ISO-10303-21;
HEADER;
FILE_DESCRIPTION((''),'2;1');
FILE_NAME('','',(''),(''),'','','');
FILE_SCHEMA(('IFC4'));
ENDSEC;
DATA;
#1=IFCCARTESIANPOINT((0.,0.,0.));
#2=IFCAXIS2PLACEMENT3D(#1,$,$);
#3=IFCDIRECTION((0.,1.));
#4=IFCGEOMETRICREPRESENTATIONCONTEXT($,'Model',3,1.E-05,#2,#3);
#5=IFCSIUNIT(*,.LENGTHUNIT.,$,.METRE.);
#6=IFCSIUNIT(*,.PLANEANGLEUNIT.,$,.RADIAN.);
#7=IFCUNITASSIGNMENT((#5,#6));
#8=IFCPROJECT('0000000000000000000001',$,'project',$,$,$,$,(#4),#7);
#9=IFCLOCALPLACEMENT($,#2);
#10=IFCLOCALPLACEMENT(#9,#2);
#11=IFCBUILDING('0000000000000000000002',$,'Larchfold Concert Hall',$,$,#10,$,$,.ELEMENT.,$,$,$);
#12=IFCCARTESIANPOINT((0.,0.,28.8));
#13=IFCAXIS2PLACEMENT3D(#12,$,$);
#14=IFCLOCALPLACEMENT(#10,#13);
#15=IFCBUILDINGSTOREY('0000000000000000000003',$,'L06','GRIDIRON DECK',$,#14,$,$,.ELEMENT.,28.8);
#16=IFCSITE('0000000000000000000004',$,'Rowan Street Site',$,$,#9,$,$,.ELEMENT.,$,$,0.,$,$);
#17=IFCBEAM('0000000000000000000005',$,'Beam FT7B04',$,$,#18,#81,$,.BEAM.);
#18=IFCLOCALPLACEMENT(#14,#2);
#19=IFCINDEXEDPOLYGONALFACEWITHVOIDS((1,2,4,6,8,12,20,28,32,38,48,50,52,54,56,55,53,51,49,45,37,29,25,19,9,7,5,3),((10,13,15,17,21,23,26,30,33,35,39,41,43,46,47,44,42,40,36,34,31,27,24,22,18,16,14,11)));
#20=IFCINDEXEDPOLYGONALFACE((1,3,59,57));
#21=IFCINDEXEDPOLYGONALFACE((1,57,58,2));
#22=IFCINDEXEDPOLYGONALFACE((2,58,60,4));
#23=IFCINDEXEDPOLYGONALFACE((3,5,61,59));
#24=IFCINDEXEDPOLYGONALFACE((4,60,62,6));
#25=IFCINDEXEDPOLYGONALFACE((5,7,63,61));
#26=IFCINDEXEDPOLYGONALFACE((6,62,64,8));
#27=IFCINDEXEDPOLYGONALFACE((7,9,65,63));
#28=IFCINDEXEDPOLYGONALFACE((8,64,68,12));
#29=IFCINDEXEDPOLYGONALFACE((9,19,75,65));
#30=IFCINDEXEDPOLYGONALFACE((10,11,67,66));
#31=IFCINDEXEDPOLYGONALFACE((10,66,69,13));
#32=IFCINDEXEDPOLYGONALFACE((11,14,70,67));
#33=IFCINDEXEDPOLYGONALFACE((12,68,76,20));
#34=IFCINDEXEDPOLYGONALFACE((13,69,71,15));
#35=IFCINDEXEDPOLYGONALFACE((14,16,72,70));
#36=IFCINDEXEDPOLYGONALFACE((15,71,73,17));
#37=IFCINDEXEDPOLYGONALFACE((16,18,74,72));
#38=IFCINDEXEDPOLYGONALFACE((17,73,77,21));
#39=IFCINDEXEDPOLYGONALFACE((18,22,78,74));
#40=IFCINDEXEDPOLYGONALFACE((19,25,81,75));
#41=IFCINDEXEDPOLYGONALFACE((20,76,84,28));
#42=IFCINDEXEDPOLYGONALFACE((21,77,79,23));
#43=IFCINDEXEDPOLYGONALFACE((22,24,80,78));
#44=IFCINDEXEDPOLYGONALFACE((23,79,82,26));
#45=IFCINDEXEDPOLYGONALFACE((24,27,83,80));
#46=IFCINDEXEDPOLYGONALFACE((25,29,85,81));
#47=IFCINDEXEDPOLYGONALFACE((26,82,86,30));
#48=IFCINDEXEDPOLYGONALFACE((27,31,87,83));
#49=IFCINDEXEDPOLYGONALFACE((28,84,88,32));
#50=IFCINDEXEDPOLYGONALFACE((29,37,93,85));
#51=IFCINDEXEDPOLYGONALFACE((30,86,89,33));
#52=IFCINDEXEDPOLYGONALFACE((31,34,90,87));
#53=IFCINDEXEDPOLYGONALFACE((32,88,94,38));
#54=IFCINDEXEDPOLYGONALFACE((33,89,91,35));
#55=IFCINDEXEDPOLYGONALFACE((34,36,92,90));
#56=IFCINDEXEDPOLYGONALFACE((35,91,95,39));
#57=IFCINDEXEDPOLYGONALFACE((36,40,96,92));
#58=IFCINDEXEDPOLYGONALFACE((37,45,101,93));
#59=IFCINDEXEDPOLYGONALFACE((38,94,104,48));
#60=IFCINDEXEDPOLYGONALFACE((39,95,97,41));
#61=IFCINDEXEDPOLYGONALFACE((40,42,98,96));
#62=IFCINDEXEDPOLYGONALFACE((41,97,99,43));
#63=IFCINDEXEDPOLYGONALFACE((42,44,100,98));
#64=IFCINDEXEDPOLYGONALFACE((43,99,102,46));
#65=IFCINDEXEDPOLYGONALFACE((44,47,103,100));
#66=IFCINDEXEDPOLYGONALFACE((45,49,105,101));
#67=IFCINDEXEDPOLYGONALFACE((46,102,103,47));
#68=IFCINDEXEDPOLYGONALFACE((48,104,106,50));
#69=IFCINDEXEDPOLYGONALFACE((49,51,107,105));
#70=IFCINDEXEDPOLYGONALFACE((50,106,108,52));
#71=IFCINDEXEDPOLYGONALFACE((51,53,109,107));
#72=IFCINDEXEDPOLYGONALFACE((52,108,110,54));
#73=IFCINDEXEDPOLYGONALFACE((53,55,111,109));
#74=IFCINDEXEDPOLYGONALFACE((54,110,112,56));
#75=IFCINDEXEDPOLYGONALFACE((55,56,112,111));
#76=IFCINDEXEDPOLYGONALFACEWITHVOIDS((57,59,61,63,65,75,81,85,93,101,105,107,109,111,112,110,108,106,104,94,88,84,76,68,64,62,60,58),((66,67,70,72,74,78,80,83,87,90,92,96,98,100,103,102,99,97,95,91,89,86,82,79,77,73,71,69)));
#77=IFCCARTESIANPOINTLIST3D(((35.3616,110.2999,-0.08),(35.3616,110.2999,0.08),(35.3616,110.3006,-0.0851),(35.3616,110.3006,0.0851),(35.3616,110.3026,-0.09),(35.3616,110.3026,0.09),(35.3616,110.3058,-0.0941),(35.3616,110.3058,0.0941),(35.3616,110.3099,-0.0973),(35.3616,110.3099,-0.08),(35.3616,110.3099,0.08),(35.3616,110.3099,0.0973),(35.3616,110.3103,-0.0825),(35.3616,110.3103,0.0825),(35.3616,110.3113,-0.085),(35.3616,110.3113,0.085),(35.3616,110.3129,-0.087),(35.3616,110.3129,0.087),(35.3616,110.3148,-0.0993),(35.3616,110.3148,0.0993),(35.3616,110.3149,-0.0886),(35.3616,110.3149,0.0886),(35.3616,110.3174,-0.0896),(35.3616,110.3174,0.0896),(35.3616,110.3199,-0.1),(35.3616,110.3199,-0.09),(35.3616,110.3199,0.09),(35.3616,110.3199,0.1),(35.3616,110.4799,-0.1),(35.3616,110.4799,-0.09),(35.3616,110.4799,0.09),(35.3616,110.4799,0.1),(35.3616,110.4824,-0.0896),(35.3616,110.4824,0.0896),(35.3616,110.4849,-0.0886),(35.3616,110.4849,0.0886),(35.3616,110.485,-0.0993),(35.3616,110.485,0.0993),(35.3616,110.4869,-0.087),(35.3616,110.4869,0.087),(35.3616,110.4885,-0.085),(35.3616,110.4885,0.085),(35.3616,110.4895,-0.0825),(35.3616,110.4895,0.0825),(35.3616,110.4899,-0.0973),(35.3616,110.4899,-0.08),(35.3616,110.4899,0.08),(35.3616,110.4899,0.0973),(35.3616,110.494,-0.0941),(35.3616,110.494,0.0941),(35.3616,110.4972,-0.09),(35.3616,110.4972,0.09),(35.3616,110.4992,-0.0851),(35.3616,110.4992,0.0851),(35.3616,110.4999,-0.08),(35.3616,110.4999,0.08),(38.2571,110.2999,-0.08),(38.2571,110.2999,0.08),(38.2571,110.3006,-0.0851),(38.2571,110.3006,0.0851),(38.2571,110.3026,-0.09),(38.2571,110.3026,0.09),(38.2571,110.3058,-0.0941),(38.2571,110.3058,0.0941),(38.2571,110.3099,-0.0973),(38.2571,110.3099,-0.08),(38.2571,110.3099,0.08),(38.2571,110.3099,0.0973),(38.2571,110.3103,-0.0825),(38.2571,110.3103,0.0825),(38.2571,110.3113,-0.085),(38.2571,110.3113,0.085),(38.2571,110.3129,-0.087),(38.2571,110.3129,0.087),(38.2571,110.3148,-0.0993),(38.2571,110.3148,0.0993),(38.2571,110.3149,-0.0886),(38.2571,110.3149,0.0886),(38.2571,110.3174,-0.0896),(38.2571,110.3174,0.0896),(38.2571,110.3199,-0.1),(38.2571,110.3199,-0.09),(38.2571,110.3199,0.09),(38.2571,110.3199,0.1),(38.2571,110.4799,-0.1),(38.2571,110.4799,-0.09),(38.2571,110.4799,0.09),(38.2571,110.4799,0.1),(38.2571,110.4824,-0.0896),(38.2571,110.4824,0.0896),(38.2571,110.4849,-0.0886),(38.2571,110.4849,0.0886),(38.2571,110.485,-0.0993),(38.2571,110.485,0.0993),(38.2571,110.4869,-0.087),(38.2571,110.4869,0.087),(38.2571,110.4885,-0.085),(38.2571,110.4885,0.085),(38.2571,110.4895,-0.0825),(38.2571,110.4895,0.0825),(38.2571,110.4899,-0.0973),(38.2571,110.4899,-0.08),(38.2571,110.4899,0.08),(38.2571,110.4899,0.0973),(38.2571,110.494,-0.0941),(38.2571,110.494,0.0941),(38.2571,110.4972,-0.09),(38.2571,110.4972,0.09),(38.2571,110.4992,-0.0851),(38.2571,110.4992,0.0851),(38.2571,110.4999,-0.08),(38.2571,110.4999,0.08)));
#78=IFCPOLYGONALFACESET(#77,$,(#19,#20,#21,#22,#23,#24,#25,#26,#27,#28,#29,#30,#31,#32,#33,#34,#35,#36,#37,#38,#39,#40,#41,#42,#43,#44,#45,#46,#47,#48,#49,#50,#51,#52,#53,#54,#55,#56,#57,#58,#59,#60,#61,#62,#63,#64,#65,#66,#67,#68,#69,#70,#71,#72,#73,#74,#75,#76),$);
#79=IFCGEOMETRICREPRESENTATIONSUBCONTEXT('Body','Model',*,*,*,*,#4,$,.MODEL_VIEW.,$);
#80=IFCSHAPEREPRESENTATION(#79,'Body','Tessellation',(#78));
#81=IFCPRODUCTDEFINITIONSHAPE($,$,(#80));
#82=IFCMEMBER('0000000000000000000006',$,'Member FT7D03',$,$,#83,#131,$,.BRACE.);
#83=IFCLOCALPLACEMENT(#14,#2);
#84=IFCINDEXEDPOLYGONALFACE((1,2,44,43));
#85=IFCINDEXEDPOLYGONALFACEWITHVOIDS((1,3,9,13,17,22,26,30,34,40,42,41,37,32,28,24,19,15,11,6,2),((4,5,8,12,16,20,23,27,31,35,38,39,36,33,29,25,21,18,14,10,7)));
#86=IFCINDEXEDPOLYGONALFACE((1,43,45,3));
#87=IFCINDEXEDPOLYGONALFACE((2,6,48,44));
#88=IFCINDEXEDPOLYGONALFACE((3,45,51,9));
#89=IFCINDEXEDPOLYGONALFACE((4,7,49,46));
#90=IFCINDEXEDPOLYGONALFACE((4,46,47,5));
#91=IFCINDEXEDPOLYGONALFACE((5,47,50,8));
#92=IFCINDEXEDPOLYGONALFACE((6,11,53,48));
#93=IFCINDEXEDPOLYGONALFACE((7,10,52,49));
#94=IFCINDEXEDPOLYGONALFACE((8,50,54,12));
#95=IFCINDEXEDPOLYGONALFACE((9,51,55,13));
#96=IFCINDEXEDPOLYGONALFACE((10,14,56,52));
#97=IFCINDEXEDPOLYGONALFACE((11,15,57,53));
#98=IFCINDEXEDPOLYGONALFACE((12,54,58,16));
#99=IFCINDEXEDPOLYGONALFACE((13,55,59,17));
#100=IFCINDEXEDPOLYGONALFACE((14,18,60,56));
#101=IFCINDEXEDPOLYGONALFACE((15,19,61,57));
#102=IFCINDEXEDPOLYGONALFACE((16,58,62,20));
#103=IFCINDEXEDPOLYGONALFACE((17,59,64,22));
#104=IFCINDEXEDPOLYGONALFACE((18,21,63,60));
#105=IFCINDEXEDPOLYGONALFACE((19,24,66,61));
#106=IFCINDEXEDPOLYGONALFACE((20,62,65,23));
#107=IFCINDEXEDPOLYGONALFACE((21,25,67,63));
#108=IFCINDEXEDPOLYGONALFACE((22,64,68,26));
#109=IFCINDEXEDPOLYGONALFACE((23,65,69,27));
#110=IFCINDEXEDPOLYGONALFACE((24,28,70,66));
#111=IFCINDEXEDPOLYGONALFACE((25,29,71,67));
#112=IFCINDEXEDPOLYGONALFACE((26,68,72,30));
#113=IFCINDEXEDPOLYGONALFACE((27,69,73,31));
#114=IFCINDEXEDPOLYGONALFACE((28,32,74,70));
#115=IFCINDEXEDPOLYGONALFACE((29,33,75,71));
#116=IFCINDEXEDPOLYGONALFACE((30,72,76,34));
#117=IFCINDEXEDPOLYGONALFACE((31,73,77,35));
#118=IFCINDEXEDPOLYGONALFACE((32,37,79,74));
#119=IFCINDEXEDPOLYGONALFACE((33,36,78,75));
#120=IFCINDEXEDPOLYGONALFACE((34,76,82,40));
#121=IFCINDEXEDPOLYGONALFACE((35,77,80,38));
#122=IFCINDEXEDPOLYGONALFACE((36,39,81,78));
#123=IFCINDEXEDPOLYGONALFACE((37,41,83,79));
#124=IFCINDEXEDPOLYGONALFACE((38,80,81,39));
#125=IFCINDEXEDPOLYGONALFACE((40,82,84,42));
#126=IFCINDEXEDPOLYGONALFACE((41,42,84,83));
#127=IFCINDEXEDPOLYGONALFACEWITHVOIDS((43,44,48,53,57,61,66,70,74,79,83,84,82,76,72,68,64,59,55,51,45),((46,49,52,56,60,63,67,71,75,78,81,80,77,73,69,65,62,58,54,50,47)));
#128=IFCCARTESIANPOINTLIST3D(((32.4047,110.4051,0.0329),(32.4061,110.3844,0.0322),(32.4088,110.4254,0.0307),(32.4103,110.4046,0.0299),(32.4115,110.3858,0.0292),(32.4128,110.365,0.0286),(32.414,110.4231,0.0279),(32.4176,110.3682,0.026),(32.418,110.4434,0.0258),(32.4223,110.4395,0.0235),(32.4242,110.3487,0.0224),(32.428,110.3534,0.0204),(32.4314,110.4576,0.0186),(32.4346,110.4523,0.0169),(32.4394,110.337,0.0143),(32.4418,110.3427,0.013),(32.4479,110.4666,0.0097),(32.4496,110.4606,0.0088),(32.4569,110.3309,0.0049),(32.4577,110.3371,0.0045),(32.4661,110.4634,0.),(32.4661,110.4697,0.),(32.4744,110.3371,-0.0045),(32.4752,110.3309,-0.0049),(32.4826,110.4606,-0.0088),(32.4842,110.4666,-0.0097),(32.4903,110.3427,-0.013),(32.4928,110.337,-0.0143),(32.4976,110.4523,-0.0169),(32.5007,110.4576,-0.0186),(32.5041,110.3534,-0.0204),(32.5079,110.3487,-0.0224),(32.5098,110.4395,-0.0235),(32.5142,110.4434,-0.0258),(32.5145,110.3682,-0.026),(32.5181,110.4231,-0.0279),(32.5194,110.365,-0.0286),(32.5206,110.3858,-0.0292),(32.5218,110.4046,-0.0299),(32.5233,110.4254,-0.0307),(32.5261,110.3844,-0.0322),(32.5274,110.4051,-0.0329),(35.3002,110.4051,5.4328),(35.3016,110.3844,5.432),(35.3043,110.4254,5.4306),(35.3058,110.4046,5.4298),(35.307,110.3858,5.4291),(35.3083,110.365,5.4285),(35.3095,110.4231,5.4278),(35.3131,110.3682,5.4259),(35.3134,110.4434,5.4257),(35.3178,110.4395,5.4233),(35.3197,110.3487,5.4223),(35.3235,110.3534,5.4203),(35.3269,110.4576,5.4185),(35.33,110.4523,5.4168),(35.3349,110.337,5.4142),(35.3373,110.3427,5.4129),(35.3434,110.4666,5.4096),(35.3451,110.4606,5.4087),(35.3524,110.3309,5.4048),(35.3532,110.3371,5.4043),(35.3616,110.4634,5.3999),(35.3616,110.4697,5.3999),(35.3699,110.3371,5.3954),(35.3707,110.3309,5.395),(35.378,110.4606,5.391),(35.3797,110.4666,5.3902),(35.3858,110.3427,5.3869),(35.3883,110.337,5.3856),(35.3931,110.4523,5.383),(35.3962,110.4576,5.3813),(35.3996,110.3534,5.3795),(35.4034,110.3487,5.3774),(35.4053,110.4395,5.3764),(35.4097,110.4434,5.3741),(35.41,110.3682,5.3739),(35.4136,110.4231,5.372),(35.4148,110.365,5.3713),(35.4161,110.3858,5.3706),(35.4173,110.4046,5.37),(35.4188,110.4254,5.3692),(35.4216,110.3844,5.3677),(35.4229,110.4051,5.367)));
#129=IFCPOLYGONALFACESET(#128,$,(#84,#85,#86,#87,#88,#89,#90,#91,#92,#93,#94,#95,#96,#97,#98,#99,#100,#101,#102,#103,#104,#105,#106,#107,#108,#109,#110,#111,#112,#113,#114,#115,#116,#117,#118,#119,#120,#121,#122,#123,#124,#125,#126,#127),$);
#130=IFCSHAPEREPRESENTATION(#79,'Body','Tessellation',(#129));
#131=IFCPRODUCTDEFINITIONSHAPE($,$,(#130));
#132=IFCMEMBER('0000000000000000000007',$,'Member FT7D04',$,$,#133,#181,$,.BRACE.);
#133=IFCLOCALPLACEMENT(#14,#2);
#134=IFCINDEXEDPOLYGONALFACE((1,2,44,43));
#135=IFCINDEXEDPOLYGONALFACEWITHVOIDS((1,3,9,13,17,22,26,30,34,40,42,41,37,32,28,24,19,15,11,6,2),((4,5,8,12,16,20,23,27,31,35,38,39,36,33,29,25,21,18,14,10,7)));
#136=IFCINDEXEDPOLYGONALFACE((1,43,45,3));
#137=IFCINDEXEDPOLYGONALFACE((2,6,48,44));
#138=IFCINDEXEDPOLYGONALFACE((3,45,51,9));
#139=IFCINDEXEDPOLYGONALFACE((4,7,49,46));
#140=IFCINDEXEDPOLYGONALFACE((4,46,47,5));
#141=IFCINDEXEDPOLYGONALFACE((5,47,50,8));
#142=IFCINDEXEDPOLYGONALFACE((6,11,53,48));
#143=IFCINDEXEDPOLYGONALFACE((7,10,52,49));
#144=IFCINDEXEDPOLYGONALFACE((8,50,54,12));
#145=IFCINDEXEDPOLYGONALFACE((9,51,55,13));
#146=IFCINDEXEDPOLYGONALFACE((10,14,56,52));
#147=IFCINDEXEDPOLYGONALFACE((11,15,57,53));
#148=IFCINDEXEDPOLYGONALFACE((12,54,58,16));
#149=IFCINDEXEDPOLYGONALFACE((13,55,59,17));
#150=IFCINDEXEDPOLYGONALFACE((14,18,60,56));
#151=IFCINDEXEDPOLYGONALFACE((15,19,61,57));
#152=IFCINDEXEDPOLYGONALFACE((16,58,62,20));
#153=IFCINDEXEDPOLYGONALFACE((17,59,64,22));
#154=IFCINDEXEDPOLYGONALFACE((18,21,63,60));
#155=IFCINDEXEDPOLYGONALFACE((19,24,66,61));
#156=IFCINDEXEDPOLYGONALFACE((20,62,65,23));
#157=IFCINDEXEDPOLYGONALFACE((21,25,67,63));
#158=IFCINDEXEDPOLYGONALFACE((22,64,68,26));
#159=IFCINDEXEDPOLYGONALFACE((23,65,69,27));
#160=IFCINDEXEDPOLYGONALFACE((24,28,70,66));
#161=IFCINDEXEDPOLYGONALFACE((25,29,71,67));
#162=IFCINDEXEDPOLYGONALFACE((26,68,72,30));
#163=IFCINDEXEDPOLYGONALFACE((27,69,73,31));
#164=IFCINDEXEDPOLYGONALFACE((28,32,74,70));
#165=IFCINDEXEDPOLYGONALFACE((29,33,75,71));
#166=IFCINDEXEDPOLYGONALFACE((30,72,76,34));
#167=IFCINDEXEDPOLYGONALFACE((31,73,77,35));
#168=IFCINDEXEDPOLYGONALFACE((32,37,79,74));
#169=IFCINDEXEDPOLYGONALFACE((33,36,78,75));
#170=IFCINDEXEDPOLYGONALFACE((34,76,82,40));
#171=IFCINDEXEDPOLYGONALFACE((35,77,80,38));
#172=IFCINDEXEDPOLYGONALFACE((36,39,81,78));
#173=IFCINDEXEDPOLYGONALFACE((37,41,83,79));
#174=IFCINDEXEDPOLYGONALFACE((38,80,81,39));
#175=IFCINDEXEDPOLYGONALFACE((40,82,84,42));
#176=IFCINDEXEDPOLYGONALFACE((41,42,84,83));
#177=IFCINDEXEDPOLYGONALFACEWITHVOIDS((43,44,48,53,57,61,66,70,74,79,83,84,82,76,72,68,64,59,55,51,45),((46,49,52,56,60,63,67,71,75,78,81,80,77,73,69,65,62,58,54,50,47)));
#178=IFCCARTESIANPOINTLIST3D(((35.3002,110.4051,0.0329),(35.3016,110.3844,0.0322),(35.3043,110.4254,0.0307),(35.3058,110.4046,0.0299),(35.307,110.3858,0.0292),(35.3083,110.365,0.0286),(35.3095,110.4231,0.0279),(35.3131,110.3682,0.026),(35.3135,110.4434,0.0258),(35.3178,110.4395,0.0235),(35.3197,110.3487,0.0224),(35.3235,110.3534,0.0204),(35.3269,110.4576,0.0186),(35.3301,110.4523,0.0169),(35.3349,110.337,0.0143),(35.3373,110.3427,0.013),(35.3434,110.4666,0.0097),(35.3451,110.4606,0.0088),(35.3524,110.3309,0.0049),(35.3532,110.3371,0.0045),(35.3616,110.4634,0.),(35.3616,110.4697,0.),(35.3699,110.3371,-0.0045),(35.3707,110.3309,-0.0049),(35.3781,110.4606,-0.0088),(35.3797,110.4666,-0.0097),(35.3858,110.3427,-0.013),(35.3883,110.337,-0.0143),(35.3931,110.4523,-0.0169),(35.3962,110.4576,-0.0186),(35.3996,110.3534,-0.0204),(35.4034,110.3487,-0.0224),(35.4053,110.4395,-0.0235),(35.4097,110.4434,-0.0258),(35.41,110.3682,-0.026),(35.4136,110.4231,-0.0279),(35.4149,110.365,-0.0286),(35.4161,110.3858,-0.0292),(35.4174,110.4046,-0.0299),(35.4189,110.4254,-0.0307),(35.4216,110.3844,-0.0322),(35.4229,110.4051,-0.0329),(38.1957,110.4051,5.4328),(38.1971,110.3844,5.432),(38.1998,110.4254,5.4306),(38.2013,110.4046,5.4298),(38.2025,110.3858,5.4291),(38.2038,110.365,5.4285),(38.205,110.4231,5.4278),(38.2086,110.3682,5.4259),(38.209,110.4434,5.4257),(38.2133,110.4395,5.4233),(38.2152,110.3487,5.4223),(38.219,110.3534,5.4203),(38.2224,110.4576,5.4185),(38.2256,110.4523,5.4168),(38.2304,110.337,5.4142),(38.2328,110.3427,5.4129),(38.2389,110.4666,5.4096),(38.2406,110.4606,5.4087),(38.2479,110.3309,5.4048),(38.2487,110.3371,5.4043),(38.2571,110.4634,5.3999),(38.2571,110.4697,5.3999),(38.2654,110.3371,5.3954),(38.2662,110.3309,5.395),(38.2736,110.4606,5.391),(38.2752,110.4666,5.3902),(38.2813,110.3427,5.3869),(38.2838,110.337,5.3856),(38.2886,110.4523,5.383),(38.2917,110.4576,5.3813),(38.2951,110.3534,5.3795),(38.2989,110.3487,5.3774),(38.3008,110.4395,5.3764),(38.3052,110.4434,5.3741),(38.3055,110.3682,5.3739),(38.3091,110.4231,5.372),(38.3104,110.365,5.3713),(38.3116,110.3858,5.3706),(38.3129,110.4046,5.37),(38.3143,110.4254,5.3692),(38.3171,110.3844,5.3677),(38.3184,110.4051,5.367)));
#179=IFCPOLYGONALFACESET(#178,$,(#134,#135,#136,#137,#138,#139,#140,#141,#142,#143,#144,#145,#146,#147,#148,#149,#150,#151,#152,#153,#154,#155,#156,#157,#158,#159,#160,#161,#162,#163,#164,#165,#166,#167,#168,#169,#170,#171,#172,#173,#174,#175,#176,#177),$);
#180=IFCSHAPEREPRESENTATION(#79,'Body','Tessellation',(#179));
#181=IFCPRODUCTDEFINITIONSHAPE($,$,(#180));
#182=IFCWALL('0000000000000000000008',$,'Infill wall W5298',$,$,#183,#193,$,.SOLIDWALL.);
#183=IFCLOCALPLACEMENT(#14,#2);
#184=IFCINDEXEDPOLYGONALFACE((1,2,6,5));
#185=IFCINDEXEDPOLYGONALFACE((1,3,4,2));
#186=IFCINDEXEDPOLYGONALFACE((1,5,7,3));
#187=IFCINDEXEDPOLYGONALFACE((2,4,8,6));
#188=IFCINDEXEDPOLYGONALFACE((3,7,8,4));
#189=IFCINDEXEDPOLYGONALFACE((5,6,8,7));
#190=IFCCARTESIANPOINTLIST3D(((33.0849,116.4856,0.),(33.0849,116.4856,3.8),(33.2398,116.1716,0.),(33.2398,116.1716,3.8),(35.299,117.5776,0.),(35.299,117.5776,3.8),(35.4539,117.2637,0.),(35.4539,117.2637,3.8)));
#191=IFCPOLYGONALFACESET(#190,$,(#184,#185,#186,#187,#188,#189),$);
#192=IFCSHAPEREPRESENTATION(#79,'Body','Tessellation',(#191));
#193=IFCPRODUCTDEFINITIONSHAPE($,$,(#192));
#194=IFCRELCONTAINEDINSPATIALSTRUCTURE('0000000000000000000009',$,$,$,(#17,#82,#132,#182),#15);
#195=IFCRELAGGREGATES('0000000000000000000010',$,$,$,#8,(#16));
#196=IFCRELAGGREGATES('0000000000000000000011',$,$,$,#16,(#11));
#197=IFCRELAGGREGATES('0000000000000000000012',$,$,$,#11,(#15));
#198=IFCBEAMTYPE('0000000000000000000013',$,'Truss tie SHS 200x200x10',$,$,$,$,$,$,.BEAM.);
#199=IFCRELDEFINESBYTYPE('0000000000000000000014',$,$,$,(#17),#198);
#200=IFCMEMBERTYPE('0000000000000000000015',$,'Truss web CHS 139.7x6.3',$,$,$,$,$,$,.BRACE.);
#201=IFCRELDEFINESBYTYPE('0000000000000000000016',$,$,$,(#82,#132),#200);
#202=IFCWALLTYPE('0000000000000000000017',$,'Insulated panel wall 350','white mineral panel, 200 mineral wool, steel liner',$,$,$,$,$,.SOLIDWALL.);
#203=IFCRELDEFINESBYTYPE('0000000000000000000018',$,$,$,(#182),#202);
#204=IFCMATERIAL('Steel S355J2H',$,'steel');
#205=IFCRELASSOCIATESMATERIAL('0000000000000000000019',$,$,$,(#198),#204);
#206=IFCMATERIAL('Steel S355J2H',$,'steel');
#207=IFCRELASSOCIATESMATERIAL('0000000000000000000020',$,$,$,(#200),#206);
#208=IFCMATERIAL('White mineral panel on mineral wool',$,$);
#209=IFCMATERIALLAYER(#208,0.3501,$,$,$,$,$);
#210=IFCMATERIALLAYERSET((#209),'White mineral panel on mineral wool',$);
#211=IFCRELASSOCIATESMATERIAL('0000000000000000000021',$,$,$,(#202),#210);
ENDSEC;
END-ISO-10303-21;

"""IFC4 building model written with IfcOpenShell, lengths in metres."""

from ifc_helpers import new_model, si_unit, direction, frame, frame_2d, origin, origin_2d, place, context, subcontext, project, spatial, rectangle, hollow_rectangle, hollow_circle, extrude, material, layer, layer_set, material_profile, profile_set, type_object, element, save


model = new_model("IFC4")

# Units and contexts
model_context = context("Model", 3, precision=1e-05, world=origin(), true_north=direction((0.0, 1.0)))
body_context = subcontext(model_context, "Body", "Model", "MODEL_VIEW")
ifc_project = project(units=[si_unit("LENGTHUNIT", "METRE"), si_unit("PLANEANGLEUNIT", "RADIAN")], contexts=[model_context])

# Site, building, storey
site_placement = place(None, origin())
site = spatial("IfcSite", under=ifc_project, at=site_placement, Name="Rowan Street Site", CompositionType="ELEMENT", RefElevation=0.0)
building_placement = place(site_placement, origin())
building = spatial("IfcBuilding", under=site, at=building_placement, Name="Larchfold Concert Hall", CompositionType="ELEMENT")
storey_placement = place(building_placement, frame((0.0, 0.0, 28.8)))
storey = spatial("IfcBuildingStorey", under=building, at=storey_placement, Name="L06", Description="GRIDIRON DECK", CompositionType="ELEMENT", Elevation=28.8)

# Beam
ifc_material_1 = material(Name="Steel S355J2H", Category="steel")
ifc_material_profile_1 = material_profile(ifc_material_1, hollow_rectangle(XDim=0.2, YDim=0.2, WallThickness=0.01, InnerFilletRadius=0.01, OuterFilletRadius=0.02, at=origin_2d()))
ifc_profile_set_1 = profile_set([ifc_material_profile_1], Name="Steel S355J2H")
beam_type_1 = type_object("IfcBeamType", Name="Truss tie SHS 200x200x10", PredefinedType="BEAM", material=ifc_profile_set_1)
beam_1_placement = place(storey_placement, frame((35.3616, 110.3999, 0.0), z_axis=(1.0, 0.0, 0.0), x_axis=(0.0, 1.0, 0.0)))
element("IfcBeam", 1, at=beam_1_placement, inside=storey, type_object=beam_type_1, Name="Beam FT7B04", PredefinedType="BEAM", context=body_context, shape_type="SweptSolid", body=[
    extrude(hollow_rectangle(XDim=0.2, YDim=0.2, WallThickness=0.01, InnerFilletRadius=0.01, OuterFilletRadius=0.02, at=origin_2d()), origin(), (0.0, 0.0, 1.0), 2.8955),
])

# Members
ifc_material_2 = material(Name="Steel S355J2H", Category="steel")
ifc_material_profile_2 = material_profile(ifc_material_2, hollow_circle(Radius=0.0698, WallThickness=0.0063, at=origin_2d()))
ifc_profile_set_2 = profile_set([ifc_material_profile_2], Name="Steel S355J2H")
member_type_1 = type_object("IfcMemberType", Name="Truss web CHS 139.7x6.3", PredefinedType="BRACE", material=ifc_profile_set_2)
for number, where, z_axis, x_axis, name in (
    (2, (32.4661, 110.3999, 0.0), (0.472564, 0.0, 0.881296), (0.0, 1.0, 0.0), "Member FT7D03"),
    (3, (35.3616, 110.3999, 0.0), (0.472564, 0.0, 0.881296), (0.0, 1.0, 0.0), "Member FT7D04"),
):
    element("IfcMember", number, at=place(storey_placement, frame(where, z_axis=z_axis, x_axis=x_axis)), inside=storey, type_object=member_type_1, Name=name, PredefinedType="BRACE", context=body_context, shape_type="SweptSolid", body=[
        extrude(hollow_circle(Radius=0.0698, WallThickness=0.0063, at=origin_2d()), origin(), (0.0, 0.0, 1.0), 6.1272),
    ])

# Wall
ifc_material_3 = material(Name="White mineral panel on mineral wool")
ifc_layer = layer(ifc_material_3, 0.3501)
ifc_layer_set = layer_set([ifc_layer], Name="White mineral panel on mineral wool")
wall_type = type_object("IfcWallType", Name="Insulated panel wall 350", Description="white mineral panel, 200 mineral wool, steel liner", PredefinedType="SOLIDWALL", material=ifc_layer_set)
wall_1_placement = place(storey_placement, frame((33.1624, 116.3286, 0.0), z_axis=(0.0, 0.0, 1.0), x_axis=(0.896847, 0.442342, 0.0)))
element("IfcWall", 4, at=wall_1_placement, inside=storey, type_object=wall_type, Name="Infill wall W5298", PredefinedType="SOLIDWALL", context=body_context, shape_type="SweptSolid", body=[
    extrude(rectangle(XDim=2.4688, YDim=0.3501, at=frame_2d((1.2344, 0.0))), origin(), (0.0, 0.0, 1.0), 3.8),
])

save(model, "model.ifc")
